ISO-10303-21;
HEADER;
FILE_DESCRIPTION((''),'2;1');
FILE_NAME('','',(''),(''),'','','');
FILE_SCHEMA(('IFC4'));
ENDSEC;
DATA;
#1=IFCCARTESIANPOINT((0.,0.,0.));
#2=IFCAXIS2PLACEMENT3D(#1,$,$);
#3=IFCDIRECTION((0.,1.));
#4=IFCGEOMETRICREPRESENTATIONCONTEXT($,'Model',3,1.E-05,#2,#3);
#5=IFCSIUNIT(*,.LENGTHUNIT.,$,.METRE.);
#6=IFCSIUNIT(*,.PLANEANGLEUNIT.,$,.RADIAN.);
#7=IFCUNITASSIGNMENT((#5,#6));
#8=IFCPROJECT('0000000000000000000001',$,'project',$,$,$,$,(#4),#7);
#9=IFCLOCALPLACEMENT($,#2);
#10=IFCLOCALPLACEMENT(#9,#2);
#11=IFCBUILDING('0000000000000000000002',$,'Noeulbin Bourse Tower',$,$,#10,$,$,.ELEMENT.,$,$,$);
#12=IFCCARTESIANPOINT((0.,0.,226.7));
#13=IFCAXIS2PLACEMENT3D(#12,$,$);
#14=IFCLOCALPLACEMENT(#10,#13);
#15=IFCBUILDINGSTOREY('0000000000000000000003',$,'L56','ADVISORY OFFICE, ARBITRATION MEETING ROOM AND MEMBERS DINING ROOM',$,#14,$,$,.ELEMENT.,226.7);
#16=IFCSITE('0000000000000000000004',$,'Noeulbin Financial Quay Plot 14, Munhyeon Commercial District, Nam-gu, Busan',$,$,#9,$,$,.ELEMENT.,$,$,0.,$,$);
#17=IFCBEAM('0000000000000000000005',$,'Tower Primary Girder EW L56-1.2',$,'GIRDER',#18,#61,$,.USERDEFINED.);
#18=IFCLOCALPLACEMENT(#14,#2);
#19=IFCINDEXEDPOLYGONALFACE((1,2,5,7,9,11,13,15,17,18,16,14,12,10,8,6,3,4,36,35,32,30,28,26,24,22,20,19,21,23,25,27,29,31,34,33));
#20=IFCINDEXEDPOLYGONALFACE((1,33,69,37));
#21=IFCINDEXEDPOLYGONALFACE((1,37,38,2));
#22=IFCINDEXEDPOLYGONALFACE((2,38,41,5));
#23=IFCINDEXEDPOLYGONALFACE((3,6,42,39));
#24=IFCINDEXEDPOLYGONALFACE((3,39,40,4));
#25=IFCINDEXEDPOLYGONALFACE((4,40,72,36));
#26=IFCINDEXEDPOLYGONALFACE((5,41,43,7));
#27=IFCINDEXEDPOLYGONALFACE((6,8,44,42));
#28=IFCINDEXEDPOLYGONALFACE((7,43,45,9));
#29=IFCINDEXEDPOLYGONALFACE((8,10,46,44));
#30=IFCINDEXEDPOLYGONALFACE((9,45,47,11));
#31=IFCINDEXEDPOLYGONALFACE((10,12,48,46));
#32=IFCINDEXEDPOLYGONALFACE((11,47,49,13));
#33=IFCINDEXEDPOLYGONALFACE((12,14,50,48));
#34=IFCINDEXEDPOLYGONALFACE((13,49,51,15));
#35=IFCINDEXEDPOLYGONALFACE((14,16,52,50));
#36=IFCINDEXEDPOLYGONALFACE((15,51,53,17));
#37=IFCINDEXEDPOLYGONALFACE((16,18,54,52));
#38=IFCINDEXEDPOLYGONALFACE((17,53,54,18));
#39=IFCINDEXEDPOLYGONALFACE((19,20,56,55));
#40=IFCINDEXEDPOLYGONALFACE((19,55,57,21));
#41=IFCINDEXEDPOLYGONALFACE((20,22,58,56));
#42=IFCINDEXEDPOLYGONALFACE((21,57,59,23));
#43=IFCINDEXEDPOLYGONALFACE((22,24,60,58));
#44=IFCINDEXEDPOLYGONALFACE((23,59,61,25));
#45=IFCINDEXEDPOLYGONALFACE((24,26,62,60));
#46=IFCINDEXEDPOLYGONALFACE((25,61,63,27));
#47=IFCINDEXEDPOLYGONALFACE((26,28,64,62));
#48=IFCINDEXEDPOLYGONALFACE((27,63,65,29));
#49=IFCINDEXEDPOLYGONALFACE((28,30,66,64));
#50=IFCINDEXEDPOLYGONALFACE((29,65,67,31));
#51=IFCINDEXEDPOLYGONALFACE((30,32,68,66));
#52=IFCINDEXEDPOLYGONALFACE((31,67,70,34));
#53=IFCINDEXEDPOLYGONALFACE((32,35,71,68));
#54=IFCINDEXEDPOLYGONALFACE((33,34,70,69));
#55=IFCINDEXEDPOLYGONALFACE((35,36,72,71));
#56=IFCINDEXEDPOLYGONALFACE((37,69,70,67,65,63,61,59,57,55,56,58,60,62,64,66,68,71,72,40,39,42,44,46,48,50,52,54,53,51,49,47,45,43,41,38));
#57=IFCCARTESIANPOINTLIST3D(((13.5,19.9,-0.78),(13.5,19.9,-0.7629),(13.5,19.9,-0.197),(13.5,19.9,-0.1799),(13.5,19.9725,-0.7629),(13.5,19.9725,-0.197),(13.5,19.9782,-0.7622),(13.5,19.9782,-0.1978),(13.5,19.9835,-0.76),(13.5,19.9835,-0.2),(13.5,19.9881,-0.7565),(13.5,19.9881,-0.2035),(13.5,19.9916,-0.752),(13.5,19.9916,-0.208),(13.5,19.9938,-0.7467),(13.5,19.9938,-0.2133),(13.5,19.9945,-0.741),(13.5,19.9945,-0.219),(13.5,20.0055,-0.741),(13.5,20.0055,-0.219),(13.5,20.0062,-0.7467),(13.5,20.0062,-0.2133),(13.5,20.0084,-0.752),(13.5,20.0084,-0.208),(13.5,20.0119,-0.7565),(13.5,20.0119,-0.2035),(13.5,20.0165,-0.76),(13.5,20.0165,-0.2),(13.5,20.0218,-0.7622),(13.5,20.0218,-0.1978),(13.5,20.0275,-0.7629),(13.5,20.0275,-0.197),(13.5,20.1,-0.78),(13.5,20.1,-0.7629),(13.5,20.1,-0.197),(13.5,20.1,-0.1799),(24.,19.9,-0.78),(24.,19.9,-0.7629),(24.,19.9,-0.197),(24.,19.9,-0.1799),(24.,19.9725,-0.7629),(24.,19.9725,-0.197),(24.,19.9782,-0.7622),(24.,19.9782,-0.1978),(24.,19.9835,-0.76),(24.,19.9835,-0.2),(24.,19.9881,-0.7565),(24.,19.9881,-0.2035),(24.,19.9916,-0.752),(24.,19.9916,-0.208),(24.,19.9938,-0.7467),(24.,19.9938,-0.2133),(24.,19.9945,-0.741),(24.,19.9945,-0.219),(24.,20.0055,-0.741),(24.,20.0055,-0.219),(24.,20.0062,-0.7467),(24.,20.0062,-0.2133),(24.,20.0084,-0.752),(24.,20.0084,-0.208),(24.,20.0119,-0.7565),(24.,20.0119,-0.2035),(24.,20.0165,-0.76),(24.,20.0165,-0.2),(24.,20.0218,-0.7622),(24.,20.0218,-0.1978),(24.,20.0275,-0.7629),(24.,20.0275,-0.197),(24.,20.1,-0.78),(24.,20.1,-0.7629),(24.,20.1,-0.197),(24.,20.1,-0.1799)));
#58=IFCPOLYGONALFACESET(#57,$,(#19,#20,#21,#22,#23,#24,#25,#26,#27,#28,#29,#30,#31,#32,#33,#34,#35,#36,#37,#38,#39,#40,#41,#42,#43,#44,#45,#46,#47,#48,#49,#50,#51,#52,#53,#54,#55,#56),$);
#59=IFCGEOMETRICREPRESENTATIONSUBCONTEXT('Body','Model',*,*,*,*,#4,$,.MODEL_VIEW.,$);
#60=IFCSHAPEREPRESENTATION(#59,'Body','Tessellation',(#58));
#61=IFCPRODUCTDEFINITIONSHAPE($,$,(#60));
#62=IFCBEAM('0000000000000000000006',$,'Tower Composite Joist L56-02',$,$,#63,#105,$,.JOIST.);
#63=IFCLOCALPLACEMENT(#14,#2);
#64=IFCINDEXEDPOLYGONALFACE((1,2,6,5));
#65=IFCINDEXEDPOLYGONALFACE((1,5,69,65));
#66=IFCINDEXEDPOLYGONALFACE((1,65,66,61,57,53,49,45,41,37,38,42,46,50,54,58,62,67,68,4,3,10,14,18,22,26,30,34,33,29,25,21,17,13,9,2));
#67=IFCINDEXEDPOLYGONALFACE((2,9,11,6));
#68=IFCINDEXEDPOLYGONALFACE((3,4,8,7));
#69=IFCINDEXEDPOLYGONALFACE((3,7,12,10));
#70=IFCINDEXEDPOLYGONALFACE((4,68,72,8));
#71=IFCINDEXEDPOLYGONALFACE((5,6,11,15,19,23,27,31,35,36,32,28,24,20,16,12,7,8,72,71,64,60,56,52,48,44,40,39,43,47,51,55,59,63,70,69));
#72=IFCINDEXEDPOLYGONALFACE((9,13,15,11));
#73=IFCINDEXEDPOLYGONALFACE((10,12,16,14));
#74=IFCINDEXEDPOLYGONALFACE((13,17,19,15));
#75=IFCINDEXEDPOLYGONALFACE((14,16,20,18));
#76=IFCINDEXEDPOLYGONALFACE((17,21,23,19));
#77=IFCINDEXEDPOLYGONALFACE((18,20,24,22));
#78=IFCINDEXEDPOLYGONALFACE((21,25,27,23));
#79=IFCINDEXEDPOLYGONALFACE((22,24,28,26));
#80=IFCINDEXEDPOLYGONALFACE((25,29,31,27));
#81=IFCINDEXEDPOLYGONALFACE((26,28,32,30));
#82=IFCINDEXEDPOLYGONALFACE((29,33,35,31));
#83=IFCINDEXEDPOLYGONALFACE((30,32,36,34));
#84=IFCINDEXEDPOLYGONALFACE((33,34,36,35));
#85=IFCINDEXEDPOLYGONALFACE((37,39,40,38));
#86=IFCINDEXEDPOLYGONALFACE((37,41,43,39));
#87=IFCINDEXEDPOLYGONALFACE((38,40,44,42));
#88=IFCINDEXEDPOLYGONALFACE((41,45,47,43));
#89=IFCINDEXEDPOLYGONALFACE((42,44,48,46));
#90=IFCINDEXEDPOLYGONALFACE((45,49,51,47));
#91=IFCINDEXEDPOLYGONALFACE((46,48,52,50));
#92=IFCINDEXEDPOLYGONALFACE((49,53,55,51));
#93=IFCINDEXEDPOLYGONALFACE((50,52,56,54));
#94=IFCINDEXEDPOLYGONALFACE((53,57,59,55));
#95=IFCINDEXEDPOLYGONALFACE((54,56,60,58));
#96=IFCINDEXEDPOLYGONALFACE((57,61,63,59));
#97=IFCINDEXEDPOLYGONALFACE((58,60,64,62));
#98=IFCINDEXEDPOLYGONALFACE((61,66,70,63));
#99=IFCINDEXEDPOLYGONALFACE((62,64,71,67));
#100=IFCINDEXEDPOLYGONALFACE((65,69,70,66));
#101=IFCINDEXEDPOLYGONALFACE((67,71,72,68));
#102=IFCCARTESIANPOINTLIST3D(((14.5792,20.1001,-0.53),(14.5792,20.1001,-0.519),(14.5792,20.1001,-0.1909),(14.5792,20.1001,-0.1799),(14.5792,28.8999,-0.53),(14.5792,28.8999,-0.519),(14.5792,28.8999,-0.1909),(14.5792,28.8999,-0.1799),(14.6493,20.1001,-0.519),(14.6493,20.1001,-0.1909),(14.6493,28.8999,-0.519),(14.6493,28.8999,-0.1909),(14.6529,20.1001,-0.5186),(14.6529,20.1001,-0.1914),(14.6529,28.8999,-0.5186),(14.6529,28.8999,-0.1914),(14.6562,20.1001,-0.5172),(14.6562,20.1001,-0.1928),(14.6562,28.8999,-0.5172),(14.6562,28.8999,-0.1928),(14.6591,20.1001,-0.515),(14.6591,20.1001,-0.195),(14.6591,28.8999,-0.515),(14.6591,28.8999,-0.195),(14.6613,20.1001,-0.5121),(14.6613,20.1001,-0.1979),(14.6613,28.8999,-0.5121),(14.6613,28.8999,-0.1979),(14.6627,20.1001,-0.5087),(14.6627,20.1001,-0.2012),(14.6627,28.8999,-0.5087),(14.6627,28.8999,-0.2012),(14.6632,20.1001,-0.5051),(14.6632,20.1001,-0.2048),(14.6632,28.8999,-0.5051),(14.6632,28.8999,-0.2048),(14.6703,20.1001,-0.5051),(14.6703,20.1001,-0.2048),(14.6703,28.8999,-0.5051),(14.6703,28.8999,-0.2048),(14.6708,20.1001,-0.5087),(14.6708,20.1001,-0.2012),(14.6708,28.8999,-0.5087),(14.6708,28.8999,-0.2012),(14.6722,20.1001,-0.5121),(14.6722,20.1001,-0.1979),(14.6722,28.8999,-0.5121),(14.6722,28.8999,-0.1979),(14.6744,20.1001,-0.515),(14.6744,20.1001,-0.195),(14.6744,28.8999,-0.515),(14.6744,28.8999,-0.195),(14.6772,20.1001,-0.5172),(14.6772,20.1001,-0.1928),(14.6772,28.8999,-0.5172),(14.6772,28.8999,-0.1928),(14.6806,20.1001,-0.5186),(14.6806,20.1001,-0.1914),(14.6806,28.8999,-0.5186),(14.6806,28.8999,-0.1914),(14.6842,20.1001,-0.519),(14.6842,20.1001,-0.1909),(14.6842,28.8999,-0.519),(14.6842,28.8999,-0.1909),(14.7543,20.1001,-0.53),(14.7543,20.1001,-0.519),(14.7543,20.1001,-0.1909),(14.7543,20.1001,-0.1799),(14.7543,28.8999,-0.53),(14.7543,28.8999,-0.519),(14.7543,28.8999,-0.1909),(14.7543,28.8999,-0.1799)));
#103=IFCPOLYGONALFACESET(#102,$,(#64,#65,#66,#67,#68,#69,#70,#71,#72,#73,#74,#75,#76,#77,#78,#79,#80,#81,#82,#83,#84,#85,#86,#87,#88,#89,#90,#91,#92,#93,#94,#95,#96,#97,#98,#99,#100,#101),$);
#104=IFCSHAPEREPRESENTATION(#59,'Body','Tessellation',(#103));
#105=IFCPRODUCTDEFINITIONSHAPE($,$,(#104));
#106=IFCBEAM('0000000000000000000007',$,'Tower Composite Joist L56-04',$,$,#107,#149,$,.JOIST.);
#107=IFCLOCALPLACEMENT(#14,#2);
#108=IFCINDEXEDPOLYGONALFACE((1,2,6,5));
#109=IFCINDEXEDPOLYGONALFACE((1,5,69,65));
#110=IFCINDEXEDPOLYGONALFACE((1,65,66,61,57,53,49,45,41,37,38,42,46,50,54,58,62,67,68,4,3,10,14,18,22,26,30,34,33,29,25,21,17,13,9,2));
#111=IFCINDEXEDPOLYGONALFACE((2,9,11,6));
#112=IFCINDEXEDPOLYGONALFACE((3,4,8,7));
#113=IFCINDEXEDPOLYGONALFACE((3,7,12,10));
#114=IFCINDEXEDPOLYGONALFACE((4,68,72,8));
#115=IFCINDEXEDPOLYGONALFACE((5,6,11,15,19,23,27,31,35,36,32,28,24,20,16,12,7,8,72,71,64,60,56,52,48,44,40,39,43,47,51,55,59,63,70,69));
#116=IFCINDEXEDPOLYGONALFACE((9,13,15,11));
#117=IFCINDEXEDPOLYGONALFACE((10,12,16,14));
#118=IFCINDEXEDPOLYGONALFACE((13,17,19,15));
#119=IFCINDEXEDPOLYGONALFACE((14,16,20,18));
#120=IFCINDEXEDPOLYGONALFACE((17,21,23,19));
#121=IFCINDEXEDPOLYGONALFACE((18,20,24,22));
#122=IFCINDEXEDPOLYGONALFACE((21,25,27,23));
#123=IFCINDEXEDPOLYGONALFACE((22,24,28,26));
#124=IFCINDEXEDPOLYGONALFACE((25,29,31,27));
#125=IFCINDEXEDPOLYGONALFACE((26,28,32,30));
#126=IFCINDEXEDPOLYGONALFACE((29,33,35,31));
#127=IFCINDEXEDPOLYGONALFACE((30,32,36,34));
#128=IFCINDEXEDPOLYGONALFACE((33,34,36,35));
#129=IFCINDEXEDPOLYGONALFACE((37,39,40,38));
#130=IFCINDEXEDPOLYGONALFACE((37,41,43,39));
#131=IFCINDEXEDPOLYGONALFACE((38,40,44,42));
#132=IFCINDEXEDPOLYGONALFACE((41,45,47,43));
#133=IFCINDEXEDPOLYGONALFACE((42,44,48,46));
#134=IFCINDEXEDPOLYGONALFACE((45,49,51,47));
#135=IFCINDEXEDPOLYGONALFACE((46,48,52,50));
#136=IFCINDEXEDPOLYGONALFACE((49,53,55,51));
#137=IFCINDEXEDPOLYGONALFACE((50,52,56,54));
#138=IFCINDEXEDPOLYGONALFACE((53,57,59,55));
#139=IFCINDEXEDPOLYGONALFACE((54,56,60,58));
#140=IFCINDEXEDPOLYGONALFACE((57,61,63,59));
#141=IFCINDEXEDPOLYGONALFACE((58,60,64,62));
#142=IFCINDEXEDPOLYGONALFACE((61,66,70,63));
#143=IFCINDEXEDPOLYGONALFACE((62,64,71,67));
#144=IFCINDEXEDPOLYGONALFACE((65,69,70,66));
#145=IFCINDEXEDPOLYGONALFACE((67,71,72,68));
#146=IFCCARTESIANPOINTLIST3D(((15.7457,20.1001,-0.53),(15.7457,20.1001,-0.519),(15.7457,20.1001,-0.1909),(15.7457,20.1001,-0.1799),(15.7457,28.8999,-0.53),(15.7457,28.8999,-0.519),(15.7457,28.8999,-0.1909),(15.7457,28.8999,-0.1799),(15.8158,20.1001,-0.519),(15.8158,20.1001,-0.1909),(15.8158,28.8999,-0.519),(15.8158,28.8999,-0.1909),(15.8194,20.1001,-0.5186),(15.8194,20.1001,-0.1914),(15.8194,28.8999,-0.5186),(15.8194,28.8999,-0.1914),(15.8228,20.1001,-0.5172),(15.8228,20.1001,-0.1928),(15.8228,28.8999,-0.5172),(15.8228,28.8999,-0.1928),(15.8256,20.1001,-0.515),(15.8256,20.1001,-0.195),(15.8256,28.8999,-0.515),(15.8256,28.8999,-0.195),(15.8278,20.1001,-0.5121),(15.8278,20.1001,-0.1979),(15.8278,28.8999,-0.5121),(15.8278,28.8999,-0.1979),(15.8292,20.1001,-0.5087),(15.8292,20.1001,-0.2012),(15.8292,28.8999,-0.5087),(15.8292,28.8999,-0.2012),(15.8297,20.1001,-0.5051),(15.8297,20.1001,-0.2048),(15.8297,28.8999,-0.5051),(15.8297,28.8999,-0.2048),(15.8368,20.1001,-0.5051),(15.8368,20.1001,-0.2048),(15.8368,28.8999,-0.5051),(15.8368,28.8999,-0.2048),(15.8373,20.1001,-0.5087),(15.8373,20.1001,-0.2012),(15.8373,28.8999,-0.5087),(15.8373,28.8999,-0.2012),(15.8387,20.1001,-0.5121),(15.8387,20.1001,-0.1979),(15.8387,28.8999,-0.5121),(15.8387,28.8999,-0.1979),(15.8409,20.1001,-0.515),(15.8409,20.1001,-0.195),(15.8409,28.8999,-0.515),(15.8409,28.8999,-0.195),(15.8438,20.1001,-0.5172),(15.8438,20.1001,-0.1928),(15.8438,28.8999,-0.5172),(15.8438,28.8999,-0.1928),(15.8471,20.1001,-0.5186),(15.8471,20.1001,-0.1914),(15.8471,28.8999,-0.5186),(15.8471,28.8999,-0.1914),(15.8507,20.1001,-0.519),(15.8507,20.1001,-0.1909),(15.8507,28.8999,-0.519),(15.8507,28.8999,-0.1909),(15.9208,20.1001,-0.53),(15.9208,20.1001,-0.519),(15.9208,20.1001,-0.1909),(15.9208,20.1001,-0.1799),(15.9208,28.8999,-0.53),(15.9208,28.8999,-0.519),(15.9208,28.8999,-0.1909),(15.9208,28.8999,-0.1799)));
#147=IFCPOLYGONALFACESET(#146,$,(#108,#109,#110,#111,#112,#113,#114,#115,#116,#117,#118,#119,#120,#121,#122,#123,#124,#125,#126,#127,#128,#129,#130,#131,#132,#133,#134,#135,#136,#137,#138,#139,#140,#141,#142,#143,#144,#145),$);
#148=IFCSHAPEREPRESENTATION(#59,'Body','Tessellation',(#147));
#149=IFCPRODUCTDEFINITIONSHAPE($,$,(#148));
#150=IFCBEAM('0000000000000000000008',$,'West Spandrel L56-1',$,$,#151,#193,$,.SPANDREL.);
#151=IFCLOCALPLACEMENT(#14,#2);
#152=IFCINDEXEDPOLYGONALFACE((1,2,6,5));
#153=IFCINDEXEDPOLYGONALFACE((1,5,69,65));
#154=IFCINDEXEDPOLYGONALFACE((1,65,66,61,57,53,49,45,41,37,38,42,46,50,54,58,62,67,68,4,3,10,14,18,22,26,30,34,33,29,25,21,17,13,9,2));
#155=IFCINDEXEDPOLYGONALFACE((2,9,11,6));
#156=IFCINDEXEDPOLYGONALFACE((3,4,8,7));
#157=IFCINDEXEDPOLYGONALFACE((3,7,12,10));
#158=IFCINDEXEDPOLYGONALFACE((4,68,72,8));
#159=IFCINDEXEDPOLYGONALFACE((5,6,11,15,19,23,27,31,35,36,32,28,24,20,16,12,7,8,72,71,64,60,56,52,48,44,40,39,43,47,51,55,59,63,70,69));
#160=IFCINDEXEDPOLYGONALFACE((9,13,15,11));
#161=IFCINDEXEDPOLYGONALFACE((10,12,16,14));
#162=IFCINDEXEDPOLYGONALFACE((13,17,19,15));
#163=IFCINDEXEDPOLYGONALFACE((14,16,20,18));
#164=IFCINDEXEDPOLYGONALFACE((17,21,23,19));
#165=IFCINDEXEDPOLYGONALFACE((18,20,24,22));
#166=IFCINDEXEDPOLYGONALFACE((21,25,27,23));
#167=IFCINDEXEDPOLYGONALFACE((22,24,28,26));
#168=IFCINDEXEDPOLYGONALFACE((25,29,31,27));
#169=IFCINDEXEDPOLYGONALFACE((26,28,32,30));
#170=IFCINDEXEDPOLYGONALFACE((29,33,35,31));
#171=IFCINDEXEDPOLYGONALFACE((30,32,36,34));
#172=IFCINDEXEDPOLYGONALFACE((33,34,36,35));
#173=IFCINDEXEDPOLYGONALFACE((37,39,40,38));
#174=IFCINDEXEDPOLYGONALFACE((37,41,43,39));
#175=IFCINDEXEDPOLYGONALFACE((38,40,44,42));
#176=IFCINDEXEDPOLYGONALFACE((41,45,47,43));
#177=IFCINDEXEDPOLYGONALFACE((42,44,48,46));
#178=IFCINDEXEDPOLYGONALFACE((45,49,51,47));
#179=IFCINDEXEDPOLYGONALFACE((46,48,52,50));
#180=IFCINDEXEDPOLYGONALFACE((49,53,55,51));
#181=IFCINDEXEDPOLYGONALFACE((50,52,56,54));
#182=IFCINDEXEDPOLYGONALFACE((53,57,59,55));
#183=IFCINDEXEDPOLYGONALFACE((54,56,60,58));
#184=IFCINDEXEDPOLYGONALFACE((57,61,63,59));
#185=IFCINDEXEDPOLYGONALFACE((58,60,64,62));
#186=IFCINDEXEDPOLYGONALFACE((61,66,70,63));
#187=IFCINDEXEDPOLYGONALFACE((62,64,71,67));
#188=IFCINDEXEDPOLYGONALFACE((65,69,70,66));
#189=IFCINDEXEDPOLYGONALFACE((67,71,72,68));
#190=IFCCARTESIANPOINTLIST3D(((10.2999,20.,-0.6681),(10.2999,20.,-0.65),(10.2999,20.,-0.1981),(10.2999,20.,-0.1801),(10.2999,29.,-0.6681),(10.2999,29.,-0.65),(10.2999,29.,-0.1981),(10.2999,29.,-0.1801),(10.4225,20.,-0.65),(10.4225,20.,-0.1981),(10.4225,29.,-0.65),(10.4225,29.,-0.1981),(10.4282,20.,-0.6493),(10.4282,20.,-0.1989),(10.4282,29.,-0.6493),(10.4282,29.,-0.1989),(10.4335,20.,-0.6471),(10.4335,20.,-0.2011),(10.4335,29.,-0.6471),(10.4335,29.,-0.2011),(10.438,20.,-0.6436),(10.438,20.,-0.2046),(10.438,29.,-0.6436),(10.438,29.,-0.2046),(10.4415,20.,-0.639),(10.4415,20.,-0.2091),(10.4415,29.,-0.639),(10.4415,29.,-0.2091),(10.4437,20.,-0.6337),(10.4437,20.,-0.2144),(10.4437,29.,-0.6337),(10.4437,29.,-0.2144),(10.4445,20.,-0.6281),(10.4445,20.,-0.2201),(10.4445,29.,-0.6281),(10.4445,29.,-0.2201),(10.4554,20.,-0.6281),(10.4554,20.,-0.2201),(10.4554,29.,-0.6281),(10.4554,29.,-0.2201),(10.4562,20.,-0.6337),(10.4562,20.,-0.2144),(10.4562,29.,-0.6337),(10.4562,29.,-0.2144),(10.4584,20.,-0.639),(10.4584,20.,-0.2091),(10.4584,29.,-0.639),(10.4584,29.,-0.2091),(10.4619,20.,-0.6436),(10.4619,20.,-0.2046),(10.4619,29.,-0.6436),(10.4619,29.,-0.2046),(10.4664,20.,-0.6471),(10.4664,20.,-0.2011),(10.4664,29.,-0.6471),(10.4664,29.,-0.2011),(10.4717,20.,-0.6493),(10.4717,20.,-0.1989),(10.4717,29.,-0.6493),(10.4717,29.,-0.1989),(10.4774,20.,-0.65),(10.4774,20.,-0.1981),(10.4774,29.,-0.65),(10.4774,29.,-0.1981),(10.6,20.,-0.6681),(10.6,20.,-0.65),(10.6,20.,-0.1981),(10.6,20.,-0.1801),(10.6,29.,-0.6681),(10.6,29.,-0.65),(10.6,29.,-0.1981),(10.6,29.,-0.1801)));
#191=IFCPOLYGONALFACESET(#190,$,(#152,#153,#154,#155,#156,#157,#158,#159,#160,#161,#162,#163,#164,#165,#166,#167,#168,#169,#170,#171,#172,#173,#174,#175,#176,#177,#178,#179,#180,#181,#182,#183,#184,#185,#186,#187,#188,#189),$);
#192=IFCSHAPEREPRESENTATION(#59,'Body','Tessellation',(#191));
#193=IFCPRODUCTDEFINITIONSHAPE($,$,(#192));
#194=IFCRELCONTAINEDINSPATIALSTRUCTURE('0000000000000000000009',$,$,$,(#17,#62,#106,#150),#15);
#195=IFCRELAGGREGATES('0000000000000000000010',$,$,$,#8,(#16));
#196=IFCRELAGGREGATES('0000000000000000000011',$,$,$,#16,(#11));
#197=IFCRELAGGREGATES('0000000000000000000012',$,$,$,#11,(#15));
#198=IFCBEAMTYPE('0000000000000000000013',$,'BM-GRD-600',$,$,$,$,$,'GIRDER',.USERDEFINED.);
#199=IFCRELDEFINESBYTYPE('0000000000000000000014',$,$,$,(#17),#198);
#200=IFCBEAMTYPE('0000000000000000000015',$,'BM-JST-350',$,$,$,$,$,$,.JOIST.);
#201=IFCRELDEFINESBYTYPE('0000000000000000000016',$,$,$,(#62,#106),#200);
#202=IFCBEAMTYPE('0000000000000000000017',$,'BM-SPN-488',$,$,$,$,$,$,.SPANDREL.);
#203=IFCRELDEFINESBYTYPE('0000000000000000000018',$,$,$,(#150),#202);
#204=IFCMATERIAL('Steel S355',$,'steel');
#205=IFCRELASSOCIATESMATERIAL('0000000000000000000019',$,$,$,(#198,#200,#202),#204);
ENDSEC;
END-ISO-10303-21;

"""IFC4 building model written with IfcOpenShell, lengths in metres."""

from ifc_helpers import new_model, si_unit, direction, frame, origin, origin_2d, place, context, subcontext, project, spatial, i_section, extrude, material, material_profile, profile_set, type_object, element, save


model = new_model("IFC4")

# Units and contexts
model_context = context("Model", 3, precision=1e-05, world=origin(), true_north=direction((0.0, 1.0)))
body_context = subcontext(model_context, "Body", "Model", "MODEL_VIEW")
ifc_project = project(units=[si_unit("LENGTHUNIT", "METRE"), si_unit("PLANEANGLEUNIT", "RADIAN")], contexts=[model_context])

# Site, building, storey
site_placement = place(None, origin())
site = spatial("IfcSite", under=ifc_project, at=site_placement, Name="Noeulbin Financial Quay Plot 14, Munhyeon Commercial District, Nam-gu, Busan", CompositionType="ELEMENT", RefElevation=0.0)
building_placement = place(site_placement, origin())
building = spatial("IfcBuilding", under=site, at=building_placement, Name="Noeulbin Bourse Tower", CompositionType="ELEMENT")
storey_placement = place(building_placement, frame((0.0, 0.0, 226.7)))
storey = spatial("IfcBuildingStorey", under=building, at=storey_placement, Name="L56", Description="ADVISORY OFFICE, ARBITRATION MEETING ROOM AND MEMBERS DINING ROOM", CompositionType="ELEMENT", Elevation=226.7)

# Shared definitions
ifc_material_1 = material(Name="Steel S355", Category="steel")

# Beams
ifc_material_profile_1 = material_profile(ifc_material_1, i_section(OverallWidth=0.2, OverallDepth=0.6001, WebThickness=0.011, FlangeThickness=0.0171, FilletRadius=0.022, at=origin_2d()), Name="H-600x200x11x17", Category="LoadBearing")
ifc_profile_set_1 = profile_set([ifc_material_profile_1], Name="Steel S355")
beam_type_1 = type_object("IfcBeamType", Name="BM-GRD-600", ElementType="GIRDER", PredefinedType="USERDEFINED", material=ifc_profile_set_1)
beam_1_placement = place(storey_placement, frame((13.5, 20.0, -0.48), z_axis=(1.0, 0.0, 0.0), x_axis=(0.0, 1.0, 0.0)))
element("IfcBeam", 1, at=beam_1_placement, inside=storey, type_object=beam_type_1, Name="Tower Primary Girder EW L56-1.2", ObjectType="GIRDER", PredefinedType="USERDEFINED", context=body_context, shape_type="SweptSolid", body=[
    extrude(i_section(OverallWidth=0.2, OverallDepth=0.6001, WebThickness=0.011, FlangeThickness=0.0171, FilletRadius=0.022, at=origin_2d()), origin(), (0.0, 0.0, 1.0), 10.5),
])
ifc_material_profile_2 = material_profile(ifc_material_1, i_section(OverallWidth=0.175, OverallDepth=0.3501, WebThickness=0.0071, FlangeThickness=0.011, FilletRadius=0.0139, at=origin_2d()), Name="H-350x175x7x11", Category="LoadBearing")
ifc_profile_set_2 = profile_set([ifc_material_profile_2], Name="Steel S355")
beam_type_2 = type_object("IfcBeamType", Name="BM-JST-350", PredefinedType="JOIST", material=ifc_profile_set_2)
for number, where, z_axis, x_axis, name in (
    (2, (14.6667, 20.1001, -0.355), (0.0, 1.0, 0.0), (-1.0, 0.0, 0.0), "Tower Composite Joist L56-02"),
    (3, (15.8333, 20.1001, -0.355), (0.0, 1.0, 0.0), (-1.0, 0.0, 0.0), "Tower Composite Joist L56-04"),
):
    element("IfcBeam", number, at=place(storey_placement, frame(where, z_axis=z_axis, x_axis=x_axis)), inside=storey, type_object=beam_type_2, Name=name, PredefinedType="JOIST", context=body_context, shape_type="SweptSolid", body=[
        extrude(i_section(OverallWidth=0.175, OverallDepth=0.3501, WebThickness=0.0071, FlangeThickness=0.011, FilletRadius=0.0139, at=origin_2d()), origin(), (0.0, 0.0, 1.0), 8.7998),
    ])
ifc_material_profile_3 = material_profile(ifc_material_1, i_section(OverallWidth=0.3, OverallDepth=0.488, WebThickness=0.011, FlangeThickness=0.0181, FilletRadius=0.022, at=origin_2d()), Name="H-488x300x11x18", Category="LoadBearing")
ifc_profile_set_3 = profile_set([ifc_material_profile_3], Name="Steel S355")
beam_type_3 = type_object("IfcBeamType", Name="BM-SPN-488", PredefinedType="SPANDREL", material=ifc_profile_set_3)
beam_2_placement = place(storey_placement, frame((10.45, 20.0, -0.4241), z_axis=(0.0, 1.0, 0.0), x_axis=(-1.0, 0.0, 0.0)))
element("IfcBeam", 4, at=beam_2_placement, inside=storey, type_object=beam_type_3, Name="West Spandrel L56-1", PredefinedType="SPANDREL", context=body_context, shape_type="SweptSolid", body=[
    extrude(i_section(OverallWidth=0.3, OverallDepth=0.488, WebThickness=0.011, FlangeThickness=0.0181, FilletRadius=0.022, at=origin_2d()), origin(), (0.0, 0.0, 1.0), 9.0),
])

save(model, "model.ifc")
